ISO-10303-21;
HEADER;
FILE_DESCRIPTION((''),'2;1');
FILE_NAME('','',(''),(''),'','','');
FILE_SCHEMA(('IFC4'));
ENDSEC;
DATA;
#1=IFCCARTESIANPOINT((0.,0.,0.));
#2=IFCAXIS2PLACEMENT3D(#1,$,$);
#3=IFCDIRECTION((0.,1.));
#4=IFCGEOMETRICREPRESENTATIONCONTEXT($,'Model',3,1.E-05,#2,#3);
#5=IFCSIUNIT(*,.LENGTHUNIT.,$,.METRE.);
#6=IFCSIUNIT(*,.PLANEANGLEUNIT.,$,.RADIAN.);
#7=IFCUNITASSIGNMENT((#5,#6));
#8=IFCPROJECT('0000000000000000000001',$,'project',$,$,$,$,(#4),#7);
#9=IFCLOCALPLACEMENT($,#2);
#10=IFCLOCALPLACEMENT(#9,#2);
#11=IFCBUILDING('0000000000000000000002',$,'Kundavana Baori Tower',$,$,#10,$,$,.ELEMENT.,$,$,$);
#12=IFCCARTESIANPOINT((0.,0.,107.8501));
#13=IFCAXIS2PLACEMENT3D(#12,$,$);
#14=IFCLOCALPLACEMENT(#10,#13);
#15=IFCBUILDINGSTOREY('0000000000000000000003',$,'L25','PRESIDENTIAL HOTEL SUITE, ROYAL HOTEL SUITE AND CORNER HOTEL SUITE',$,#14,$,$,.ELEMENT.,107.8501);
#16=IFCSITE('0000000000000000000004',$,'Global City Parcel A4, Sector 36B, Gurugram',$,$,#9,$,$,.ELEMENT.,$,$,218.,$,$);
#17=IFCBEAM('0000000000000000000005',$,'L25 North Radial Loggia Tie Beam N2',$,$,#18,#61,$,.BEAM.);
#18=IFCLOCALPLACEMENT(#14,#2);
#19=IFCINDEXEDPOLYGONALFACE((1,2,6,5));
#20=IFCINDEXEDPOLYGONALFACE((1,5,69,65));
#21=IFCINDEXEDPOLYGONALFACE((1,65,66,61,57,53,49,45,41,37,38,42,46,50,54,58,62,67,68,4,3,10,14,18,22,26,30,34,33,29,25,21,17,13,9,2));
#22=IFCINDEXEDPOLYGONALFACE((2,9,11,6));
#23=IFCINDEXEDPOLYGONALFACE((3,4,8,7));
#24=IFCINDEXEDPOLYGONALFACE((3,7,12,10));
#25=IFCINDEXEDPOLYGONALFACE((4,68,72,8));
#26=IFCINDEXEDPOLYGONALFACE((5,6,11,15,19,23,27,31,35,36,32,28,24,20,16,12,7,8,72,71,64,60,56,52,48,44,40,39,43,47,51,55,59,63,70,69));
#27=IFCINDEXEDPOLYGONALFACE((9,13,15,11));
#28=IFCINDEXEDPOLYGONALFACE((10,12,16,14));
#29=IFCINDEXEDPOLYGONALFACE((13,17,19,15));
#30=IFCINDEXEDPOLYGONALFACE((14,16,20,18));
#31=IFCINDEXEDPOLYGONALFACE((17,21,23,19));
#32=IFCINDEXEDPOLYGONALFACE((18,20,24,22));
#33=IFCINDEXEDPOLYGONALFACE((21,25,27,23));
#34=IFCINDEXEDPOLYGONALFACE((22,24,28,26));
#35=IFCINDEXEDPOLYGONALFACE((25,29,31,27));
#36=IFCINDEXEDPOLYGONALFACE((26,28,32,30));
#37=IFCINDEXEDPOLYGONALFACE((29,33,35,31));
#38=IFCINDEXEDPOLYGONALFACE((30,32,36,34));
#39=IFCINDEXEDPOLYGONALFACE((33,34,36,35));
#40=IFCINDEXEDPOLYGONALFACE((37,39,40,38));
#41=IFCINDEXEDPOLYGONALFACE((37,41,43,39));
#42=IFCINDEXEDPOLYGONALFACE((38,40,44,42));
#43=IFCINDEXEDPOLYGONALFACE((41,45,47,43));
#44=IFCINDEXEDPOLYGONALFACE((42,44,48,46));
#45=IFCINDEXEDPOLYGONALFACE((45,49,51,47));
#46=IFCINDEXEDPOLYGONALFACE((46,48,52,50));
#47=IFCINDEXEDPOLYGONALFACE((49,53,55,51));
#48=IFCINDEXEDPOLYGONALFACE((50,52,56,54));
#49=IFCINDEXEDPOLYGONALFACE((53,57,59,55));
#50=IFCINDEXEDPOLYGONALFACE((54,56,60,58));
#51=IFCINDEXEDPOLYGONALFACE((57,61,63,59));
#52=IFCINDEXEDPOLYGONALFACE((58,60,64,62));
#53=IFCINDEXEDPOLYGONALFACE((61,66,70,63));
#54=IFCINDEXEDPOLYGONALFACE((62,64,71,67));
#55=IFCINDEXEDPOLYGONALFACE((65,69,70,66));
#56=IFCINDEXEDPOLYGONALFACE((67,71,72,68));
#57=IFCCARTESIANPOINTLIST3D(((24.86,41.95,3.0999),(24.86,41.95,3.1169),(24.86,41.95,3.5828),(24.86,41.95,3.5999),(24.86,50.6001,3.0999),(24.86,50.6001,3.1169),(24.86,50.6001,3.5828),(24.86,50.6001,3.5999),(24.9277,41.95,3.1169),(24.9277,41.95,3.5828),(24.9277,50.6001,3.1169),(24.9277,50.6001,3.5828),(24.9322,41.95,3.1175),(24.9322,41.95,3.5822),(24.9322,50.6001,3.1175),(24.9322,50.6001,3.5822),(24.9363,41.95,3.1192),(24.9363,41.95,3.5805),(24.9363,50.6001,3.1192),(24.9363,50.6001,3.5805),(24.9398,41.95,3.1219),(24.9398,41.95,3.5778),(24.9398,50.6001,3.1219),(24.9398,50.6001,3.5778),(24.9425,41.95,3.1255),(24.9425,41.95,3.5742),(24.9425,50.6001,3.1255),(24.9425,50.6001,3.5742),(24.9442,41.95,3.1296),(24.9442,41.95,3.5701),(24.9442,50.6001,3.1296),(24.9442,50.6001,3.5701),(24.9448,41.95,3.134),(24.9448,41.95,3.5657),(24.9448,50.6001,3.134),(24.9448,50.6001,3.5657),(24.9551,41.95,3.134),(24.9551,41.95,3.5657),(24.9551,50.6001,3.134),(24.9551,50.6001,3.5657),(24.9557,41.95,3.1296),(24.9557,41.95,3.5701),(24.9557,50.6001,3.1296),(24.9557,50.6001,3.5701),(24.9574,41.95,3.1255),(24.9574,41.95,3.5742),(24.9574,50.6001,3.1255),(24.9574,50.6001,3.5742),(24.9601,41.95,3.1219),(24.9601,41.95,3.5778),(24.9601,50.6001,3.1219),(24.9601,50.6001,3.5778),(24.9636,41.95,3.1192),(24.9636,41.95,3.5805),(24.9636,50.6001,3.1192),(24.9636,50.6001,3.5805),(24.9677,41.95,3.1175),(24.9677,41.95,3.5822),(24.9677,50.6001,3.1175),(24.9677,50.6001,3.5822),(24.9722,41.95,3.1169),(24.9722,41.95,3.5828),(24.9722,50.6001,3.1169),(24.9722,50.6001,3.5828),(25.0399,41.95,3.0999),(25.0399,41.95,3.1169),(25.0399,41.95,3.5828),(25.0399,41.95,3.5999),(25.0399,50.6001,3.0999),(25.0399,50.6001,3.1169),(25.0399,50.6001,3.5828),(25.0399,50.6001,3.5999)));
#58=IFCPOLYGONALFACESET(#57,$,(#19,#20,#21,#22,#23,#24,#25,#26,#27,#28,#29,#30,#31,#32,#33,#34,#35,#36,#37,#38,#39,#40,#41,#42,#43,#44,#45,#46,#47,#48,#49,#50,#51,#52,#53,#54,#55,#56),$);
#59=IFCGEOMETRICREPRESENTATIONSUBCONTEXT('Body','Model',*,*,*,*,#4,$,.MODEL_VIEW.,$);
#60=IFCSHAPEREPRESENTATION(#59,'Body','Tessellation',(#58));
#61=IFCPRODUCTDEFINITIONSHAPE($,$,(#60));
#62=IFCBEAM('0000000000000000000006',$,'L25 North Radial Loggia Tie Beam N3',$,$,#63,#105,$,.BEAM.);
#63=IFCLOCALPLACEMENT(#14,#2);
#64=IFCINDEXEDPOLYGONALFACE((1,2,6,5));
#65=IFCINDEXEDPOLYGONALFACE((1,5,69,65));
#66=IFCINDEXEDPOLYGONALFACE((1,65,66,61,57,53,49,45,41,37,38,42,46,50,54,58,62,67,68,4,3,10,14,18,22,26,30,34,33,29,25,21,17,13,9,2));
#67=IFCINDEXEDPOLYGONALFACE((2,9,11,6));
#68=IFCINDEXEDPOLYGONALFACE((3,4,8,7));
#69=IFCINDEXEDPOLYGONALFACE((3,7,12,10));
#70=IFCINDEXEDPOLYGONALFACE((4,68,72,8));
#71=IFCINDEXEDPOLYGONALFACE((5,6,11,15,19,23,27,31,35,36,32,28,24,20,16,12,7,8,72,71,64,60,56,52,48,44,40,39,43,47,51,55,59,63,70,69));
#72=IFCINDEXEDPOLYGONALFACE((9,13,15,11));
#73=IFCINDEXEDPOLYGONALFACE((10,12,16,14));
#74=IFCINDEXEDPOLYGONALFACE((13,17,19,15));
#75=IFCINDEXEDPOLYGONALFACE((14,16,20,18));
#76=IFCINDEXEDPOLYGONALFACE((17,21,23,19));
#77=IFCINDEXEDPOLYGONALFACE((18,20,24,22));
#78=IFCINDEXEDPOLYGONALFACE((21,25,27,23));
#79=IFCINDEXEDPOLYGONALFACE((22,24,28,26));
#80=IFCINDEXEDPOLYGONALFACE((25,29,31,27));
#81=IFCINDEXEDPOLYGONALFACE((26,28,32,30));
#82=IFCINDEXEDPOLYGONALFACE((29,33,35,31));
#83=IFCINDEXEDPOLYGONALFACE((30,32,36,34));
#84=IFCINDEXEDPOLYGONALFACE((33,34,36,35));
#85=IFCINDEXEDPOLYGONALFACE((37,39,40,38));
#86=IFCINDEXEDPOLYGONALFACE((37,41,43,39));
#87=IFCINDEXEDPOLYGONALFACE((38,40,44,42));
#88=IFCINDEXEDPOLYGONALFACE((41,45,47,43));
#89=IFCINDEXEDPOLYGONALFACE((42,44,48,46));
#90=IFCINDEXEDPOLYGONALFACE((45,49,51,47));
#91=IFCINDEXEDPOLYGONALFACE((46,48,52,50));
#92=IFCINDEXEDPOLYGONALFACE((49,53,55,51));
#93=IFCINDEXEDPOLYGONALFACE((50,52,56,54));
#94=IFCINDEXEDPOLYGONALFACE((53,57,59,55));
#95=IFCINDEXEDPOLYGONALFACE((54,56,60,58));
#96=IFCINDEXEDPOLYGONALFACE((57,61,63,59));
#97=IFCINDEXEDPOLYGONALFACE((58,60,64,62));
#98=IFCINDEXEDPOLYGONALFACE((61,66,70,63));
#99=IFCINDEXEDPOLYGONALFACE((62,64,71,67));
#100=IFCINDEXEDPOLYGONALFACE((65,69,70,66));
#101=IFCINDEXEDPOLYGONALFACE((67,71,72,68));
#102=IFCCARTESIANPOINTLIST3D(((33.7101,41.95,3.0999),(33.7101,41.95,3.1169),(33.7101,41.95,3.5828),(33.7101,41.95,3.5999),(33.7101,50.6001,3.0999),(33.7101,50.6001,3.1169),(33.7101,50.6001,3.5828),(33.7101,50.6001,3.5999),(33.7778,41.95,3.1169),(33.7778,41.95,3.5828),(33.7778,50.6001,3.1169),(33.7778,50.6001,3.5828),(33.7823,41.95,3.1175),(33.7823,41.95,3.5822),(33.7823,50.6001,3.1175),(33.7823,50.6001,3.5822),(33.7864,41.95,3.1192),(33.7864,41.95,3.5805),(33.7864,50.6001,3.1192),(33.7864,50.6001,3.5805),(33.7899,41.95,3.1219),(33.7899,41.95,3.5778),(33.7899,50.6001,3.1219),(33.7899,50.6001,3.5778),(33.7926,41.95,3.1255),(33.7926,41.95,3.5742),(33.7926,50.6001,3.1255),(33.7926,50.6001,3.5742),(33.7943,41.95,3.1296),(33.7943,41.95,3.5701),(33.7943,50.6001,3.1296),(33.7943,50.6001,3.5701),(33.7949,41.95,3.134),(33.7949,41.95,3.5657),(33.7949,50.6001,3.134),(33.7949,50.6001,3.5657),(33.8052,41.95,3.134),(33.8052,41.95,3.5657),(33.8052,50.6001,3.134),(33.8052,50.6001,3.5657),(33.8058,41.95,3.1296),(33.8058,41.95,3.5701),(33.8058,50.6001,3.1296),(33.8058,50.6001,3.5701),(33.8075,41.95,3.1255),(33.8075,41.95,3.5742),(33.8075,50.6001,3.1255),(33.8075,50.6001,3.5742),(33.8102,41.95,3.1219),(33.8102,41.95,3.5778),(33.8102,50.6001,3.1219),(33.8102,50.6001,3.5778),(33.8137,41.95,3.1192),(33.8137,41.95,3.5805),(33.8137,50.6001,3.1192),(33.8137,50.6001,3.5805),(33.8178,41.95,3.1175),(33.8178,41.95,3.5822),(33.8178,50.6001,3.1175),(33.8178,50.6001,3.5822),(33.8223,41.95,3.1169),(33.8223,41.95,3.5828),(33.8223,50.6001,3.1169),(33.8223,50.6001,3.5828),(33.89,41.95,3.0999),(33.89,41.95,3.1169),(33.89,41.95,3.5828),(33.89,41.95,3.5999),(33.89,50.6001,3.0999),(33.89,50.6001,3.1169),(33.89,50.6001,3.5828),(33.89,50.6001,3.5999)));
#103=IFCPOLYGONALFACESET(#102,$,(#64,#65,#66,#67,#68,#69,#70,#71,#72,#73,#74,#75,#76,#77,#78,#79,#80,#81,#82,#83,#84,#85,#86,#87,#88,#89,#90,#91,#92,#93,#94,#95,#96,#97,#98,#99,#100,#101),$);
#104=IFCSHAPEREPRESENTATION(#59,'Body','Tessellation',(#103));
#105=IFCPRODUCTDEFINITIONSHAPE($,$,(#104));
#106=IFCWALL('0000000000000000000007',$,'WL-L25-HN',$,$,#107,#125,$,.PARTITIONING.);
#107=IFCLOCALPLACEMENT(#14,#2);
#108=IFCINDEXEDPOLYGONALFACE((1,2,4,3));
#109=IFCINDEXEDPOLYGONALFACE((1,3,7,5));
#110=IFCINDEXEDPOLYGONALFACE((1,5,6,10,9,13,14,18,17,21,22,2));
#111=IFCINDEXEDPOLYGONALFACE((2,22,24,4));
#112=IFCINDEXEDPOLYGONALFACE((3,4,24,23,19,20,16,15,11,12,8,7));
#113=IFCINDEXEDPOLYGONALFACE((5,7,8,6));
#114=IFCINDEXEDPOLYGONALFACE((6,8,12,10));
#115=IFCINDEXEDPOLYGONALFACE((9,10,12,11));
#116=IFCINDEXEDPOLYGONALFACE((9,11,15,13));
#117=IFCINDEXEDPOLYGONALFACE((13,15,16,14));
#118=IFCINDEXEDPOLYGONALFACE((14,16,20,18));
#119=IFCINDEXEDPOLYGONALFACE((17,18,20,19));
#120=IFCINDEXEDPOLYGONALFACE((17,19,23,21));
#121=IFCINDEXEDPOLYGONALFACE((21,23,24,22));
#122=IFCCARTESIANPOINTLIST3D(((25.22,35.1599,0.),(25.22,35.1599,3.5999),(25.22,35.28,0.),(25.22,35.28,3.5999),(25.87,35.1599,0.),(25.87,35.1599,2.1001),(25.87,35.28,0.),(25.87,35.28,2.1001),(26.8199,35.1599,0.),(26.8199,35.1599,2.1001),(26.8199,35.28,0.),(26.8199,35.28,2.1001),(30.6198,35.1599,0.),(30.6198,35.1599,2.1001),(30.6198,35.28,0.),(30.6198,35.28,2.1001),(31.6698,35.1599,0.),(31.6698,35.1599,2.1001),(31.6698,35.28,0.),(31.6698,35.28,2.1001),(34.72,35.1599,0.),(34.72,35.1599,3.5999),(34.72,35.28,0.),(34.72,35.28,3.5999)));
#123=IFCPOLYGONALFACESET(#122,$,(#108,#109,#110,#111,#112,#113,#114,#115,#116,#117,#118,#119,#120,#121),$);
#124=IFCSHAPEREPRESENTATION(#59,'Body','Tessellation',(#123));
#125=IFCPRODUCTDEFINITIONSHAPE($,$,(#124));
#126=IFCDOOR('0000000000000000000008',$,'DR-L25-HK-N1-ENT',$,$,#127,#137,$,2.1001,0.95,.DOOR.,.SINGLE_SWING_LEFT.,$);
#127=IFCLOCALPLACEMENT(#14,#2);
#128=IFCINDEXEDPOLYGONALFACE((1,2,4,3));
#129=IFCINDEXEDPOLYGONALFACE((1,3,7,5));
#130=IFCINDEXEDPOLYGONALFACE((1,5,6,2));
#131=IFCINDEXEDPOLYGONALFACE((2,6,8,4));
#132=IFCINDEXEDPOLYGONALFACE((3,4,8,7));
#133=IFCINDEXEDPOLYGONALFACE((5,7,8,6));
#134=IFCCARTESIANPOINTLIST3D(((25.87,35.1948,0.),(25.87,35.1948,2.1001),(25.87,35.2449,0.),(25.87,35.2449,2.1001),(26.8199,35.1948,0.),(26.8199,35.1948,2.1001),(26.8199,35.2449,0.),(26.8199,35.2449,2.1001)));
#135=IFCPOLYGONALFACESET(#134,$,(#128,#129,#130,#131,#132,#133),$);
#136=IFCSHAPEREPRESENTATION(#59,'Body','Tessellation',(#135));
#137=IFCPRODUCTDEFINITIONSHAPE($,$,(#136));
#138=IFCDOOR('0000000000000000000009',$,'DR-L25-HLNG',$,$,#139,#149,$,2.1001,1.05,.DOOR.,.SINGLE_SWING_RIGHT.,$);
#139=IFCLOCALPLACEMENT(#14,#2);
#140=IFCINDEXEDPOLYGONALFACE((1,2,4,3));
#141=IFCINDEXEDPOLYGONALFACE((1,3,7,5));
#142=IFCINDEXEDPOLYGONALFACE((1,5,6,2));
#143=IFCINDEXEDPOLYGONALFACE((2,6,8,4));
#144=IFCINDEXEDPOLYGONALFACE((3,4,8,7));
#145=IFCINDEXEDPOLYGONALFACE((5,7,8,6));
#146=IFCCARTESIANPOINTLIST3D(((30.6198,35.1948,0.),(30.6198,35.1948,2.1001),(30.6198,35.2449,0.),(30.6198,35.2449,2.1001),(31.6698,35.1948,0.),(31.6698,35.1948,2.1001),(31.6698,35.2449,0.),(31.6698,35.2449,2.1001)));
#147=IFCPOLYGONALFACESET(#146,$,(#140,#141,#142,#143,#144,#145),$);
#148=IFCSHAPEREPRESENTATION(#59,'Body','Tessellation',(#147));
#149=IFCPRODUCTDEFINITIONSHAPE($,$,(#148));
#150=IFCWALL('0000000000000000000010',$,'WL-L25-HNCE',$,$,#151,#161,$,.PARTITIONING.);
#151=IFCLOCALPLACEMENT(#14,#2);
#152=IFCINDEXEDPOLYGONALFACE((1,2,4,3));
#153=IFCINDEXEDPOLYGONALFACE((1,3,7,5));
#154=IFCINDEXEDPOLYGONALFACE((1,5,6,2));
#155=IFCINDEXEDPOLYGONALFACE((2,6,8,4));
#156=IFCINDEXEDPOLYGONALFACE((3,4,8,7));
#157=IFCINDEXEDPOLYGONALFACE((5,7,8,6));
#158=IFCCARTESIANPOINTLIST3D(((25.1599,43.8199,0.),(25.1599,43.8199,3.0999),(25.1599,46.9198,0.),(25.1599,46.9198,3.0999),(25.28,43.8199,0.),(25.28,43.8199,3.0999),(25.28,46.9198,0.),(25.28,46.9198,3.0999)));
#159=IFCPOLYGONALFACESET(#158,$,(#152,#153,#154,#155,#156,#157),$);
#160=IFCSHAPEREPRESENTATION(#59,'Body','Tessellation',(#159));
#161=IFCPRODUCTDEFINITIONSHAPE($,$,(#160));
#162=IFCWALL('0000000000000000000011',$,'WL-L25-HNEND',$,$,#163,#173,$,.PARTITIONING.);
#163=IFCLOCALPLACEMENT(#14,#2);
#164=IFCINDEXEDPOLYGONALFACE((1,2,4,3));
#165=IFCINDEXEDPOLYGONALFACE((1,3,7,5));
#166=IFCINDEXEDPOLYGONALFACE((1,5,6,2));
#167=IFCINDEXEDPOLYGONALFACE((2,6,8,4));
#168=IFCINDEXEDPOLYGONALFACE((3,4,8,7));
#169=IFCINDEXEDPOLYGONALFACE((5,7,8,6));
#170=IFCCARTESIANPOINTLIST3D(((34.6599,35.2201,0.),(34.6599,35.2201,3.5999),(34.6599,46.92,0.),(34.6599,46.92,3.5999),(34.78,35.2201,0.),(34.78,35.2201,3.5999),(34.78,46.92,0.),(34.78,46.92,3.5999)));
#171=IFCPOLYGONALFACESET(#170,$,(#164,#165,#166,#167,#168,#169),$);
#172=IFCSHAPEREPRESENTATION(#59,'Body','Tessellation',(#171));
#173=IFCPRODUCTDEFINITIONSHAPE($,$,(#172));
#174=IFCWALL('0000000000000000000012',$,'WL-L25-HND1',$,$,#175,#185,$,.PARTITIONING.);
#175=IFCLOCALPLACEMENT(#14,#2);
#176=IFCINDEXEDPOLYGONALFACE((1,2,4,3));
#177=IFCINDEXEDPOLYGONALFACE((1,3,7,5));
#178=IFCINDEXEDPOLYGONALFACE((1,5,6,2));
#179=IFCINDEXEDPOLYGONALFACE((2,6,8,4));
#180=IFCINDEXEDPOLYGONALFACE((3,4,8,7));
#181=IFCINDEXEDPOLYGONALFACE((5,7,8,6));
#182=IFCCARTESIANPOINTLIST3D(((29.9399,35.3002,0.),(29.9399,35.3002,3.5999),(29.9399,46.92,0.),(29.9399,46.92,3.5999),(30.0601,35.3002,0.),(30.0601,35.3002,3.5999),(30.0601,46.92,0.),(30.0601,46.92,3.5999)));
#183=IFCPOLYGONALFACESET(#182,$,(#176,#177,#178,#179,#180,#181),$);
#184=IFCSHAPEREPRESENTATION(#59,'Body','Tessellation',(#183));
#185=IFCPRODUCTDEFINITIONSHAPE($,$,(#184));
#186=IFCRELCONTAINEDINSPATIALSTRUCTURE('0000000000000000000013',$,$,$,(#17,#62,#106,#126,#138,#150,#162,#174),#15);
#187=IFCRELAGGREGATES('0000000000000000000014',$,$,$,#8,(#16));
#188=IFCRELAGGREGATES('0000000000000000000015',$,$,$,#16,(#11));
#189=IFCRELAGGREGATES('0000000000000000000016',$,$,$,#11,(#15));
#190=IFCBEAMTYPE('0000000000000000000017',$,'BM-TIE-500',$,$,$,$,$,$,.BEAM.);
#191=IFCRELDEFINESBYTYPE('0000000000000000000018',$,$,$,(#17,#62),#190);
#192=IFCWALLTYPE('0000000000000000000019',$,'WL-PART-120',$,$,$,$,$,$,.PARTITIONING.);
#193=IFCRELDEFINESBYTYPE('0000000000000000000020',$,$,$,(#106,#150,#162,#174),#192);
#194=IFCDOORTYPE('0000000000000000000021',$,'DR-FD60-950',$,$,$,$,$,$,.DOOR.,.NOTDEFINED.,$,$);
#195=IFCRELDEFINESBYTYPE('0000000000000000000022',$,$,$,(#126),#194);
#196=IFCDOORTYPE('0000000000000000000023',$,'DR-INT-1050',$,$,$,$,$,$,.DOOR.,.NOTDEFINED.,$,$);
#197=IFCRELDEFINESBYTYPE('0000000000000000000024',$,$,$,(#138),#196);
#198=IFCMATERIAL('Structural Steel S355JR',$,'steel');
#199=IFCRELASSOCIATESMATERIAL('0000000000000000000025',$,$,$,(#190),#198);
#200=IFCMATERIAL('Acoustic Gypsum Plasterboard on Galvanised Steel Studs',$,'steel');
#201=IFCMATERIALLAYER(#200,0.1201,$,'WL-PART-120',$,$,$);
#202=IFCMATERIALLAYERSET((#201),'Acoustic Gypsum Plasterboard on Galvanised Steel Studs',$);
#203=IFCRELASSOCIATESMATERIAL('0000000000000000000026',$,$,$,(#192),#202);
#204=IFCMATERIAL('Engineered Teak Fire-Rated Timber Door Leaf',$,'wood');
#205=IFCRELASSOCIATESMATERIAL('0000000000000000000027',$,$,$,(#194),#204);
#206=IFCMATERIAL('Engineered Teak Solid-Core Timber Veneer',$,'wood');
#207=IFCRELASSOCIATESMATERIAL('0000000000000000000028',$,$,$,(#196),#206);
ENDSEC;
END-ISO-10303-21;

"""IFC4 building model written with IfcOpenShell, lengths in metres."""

from ifc_helpers import new_model, si_unit, direction, frame, frame_2d, origin, origin_2d, place, context, subcontext, project, spatial, rectangle, i_section, extrude, material, layer, layer_set, material_profile, profile_set, type_object, element, fill, save


model = new_model("IFC4")

# Units and contexts
model_context = context("Model", 3, precision=1e-05, world=origin(), true_north=direction((0.0, 1.0)))
body_context = subcontext(model_context, "Body", "Model", "MODEL_VIEW")
ifc_project = project(units=[si_unit("LENGTHUNIT", "METRE"), si_unit("PLANEANGLEUNIT", "RADIAN")], contexts=[model_context])

# Site, building, storey
site_placement = place(None, origin())
site = spatial("IfcSite", under=ifc_project, at=site_placement, Name="Global City Parcel A4, Sector 36B, Gurugram", CompositionType="ELEMENT", RefElevation=218.0)
building_placement = place(site_placement, origin())
building = spatial("IfcBuilding", under=site, at=building_placement, Name="Kundavana Baori Tower", CompositionType="ELEMENT")
storey_placement = place(building_placement, frame((0.0, 0.0, 107.8501)))
storey = spatial("IfcBuildingStorey", under=building, at=storey_placement, Name="L25", Description="PRESIDENTIAL HOTEL SUITE, ROYAL HOTEL SUITE AND CORNER HOTEL SUITE", CompositionType="ELEMENT", Elevation=107.8501)

# Beams
ifc_material_1 = material(Name="Structural Steel S355JR", Category="steel")
ifc_material_profile_1 = material_profile(ifc_material_1, i_section(OverallWidth=0.1799, OverallDepth=0.5, WebThickness=0.0103, FlangeThickness=0.0171, FilletRadius=0.0171, at=origin_2d()), Name="ISMB 500")
ifc_profile_set_1 = profile_set([ifc_material_profile_1], Name="Structural Steel S355JR")
beam_type_1 = type_object("IfcBeamType", Name="BM-TIE-500", PredefinedType="BEAM", material=ifc_profile_set_1)
for number, where, z_axis, x_axis, name in (
    (1, (24.95, 41.95, 3.3499), (0.0, 1.0, 0.0), (-1.0, 0.0, 0.0), "L25 North Radial Loggia Tie Beam N2"),
    (2, (33.8, 41.95, 3.3499), (0.0, 1.0, 0.0), (-1.0, 0.0, 0.0), "L25 North Radial Loggia Tie Beam N3"),
):
    element("IfcBeam", number, at=place(storey_placement, frame(where, z_axis=z_axis, x_axis=x_axis)), inside=storey, type_object=beam_type_1, Name=name, PredefinedType="BEAM", context=body_context, shape_type="SweptSolid", body=[
        extrude(i_section(OverallWidth=0.1799, OverallDepth=0.5, WebThickness=0.0103, FlangeThickness=0.0171, FilletRadius=0.0171, at=origin_2d()), origin(), (0.0, 0.0, 1.0), 8.6501),
    ])

# Wall, openings, doors
ifc_material_2 = material(Name="Acoustic Gypsum Plasterboard on Galvanised Steel Studs", Category="steel")
ifc_layer_1 = layer(ifc_material_2, 0.1201, Name="WL-PART-120")
ifc_layer_set_1 = layer_set([ifc_layer_1], Name="Acoustic Gypsum Plasterboard on Galvanised Steel Studs")
wall_type_1 = type_object("IfcWallType", Name="WL-PART-120", PredefinedType="PARTITIONING", material=ifc_layer_set_1)
wall_1_placement = place(storey_placement, frame((25.22, 35.22, 0.0), z_axis=(0.0, 0.0, 1.0), x_axis=(1.0, 0.0, 0.0)))
wall_1 = element("IfcWall", 3, at=wall_1_placement, inside=storey, type_object=wall_type_1, Name="WL-L25-HN", PredefinedType="PARTITIONING", context=body_context, shape_type="SweptSolid", body=[
    extrude(rectangle(XDim=9.5, YDim=0.1201, at=frame_2d((4.75, 0.0))), origin(), (0.0, 0.0, 1.0), 3.5999),
])
opening_1_placement = place(wall_1_placement, frame((0.6499, 0.0, 0.0)))
opening_1 = element("IfcOpeningElement", 4, at=opening_1_placement, cuts=wall_1, PredefinedType="OPENING", context=body_context, shape_type="SweptSolid", body=[
    extrude(rectangle(XDim=0.95, YDim=2.1001, at=frame_2d((0.4751, 1.05))), frame((0.0, 0.0701, 0.0), z_axis=(0.0, -1.0, 0.0), x_axis=(1.0, 0.0, 0.0)), (0.0, 0.0, 1.0), 0.1401),
])
opening_2_placement = place(wall_1_placement, frame((5.3999, 0.0, 0.0)))
opening_2 = element("IfcOpeningElement", 5, at=opening_2_placement, cuts=wall_1, PredefinedType="OPENING", context=body_context, shape_type="SweptSolid", body=[
    extrude(rectangle(XDim=1.05, YDim=2.1001, at=frame_2d((0.5249, 1.05))), frame((0.0, 0.0701, 0.0), z_axis=(0.0, -1.0, 0.0), x_axis=(1.0, 0.0, 0.0)), (0.0, 0.0, 1.0), 0.1401),
])
ifc_material_3 = material(Name="Engineered Teak Fire-Rated Timber Door Leaf", Category="wood")
door_type_1 = type_object("IfcDoorType", Name="DR-FD60-950", OperationType="NOTDEFINED", PredefinedType="DOOR", material=ifc_material_3)
door_1_placement = place(opening_1_placement, origin())
door_1 = element("IfcDoor", 6, at=door_1_placement, inside=storey, type_object=door_type_1, Name="DR-L25-HK-N1-ENT", OperationType="SINGLE_SWING_LEFT", OverallHeight=2.1001, OverallWidth=0.95, PredefinedType="DOOR", context=body_context, shape_type="SweptSolid", body=[
    extrude(rectangle(XDim=0.95, YDim=2.1001, at=frame_2d((0.4751, 1.05))), frame((0.0, 0.0249, 0.0), z_axis=(0.0, -1.0, 0.0), x_axis=(1.0, 0.0, 0.0)), (0.0, 0.0, 1.0), 0.05),
])
fill(opening_1, door_1)
ifc_material_4 = material(Name="Engineered Teak Solid-Core Timber Veneer", Category="wood")
door_type_2 = type_object("IfcDoorType", Name="DR-INT-1050", OperationType="NOTDEFINED", PredefinedType="DOOR", material=ifc_material_4)
door_2_placement = place(opening_2_placement, origin())
door_2 = element("IfcDoor", 7, at=door_2_placement, inside=storey, type_object=door_type_2, Name="DR-L25-HLNG", OperationType="SINGLE_SWING_RIGHT", OverallHeight=2.1001, OverallWidth=1.05, PredefinedType="DOOR", context=body_context, shape_type="SweptSolid", body=[
    extrude(rectangle(XDim=1.05, YDim=2.1001, at=frame_2d((0.5249, 1.05))), frame((0.0, 0.0249, 0.0), z_axis=(0.0, -1.0, 0.0), x_axis=(1.0, 0.0, 0.0)), (0.0, 0.0, 1.0), 0.05),
])
fill(opening_2, door_2)

# Walls
wall_2_placement = place(storey_placement, frame((25.22, 43.8201, 0.0), z_axis=(0.0, 0.0, 1.0), x_axis=(0.0, 1.0, 0.0)))
element("IfcWall", 8, at=wall_2_placement, inside=storey, type_object=wall_type_1, Name="WL-L25-HNCE", PredefinedType="PARTITIONING", context=body_context, shape_type="SweptSolid", body=[
    extrude(rectangle(XDim=3.0999, YDim=0.1201, at=frame_2d((1.5498, 0.0))), origin(), (0.0, 0.0, 1.0), 3.0999),
])
wall_3_placement = place(storey_placement, frame((34.72, 35.22, 0.0), z_axis=(0.0, 0.0, 1.0), x_axis=(0.0, 1.0, 0.0)))
element("IfcWall", 9, at=wall_3_placement, inside=storey, type_object=wall_type_1, Name="WL-L25-HNEND", PredefinedType="PARTITIONING", context=body_context, shape_type="SweptSolid", body=[
    extrude(rectangle(XDim=11.7, YDim=0.1201, at=frame_2d((5.8501, 0.0))), origin(), (0.0, 0.0, 1.0), 3.5999),
])
wall_4_placement = place(storey_placement, frame((30.0, 35.3, 0.0), z_axis=(0.0, 0.0, 1.0), x_axis=(0.0, 1.0, 0.0)))
element("IfcWall", 10, at=wall_4_placement, inside=storey, type_object=wall_type_1, Name="WL-L25-HND1", PredefinedType="PARTITIONING", context=body_context, shape_type="SweptSolid", body=[
    extrude(rectangle(XDim=11.6199, YDim=0.1201, at=frame_2d((5.8101, 0.0))), origin(), (0.0, 0.0, 1.0), 3.5999),
])

save(model, "model.ifc")
